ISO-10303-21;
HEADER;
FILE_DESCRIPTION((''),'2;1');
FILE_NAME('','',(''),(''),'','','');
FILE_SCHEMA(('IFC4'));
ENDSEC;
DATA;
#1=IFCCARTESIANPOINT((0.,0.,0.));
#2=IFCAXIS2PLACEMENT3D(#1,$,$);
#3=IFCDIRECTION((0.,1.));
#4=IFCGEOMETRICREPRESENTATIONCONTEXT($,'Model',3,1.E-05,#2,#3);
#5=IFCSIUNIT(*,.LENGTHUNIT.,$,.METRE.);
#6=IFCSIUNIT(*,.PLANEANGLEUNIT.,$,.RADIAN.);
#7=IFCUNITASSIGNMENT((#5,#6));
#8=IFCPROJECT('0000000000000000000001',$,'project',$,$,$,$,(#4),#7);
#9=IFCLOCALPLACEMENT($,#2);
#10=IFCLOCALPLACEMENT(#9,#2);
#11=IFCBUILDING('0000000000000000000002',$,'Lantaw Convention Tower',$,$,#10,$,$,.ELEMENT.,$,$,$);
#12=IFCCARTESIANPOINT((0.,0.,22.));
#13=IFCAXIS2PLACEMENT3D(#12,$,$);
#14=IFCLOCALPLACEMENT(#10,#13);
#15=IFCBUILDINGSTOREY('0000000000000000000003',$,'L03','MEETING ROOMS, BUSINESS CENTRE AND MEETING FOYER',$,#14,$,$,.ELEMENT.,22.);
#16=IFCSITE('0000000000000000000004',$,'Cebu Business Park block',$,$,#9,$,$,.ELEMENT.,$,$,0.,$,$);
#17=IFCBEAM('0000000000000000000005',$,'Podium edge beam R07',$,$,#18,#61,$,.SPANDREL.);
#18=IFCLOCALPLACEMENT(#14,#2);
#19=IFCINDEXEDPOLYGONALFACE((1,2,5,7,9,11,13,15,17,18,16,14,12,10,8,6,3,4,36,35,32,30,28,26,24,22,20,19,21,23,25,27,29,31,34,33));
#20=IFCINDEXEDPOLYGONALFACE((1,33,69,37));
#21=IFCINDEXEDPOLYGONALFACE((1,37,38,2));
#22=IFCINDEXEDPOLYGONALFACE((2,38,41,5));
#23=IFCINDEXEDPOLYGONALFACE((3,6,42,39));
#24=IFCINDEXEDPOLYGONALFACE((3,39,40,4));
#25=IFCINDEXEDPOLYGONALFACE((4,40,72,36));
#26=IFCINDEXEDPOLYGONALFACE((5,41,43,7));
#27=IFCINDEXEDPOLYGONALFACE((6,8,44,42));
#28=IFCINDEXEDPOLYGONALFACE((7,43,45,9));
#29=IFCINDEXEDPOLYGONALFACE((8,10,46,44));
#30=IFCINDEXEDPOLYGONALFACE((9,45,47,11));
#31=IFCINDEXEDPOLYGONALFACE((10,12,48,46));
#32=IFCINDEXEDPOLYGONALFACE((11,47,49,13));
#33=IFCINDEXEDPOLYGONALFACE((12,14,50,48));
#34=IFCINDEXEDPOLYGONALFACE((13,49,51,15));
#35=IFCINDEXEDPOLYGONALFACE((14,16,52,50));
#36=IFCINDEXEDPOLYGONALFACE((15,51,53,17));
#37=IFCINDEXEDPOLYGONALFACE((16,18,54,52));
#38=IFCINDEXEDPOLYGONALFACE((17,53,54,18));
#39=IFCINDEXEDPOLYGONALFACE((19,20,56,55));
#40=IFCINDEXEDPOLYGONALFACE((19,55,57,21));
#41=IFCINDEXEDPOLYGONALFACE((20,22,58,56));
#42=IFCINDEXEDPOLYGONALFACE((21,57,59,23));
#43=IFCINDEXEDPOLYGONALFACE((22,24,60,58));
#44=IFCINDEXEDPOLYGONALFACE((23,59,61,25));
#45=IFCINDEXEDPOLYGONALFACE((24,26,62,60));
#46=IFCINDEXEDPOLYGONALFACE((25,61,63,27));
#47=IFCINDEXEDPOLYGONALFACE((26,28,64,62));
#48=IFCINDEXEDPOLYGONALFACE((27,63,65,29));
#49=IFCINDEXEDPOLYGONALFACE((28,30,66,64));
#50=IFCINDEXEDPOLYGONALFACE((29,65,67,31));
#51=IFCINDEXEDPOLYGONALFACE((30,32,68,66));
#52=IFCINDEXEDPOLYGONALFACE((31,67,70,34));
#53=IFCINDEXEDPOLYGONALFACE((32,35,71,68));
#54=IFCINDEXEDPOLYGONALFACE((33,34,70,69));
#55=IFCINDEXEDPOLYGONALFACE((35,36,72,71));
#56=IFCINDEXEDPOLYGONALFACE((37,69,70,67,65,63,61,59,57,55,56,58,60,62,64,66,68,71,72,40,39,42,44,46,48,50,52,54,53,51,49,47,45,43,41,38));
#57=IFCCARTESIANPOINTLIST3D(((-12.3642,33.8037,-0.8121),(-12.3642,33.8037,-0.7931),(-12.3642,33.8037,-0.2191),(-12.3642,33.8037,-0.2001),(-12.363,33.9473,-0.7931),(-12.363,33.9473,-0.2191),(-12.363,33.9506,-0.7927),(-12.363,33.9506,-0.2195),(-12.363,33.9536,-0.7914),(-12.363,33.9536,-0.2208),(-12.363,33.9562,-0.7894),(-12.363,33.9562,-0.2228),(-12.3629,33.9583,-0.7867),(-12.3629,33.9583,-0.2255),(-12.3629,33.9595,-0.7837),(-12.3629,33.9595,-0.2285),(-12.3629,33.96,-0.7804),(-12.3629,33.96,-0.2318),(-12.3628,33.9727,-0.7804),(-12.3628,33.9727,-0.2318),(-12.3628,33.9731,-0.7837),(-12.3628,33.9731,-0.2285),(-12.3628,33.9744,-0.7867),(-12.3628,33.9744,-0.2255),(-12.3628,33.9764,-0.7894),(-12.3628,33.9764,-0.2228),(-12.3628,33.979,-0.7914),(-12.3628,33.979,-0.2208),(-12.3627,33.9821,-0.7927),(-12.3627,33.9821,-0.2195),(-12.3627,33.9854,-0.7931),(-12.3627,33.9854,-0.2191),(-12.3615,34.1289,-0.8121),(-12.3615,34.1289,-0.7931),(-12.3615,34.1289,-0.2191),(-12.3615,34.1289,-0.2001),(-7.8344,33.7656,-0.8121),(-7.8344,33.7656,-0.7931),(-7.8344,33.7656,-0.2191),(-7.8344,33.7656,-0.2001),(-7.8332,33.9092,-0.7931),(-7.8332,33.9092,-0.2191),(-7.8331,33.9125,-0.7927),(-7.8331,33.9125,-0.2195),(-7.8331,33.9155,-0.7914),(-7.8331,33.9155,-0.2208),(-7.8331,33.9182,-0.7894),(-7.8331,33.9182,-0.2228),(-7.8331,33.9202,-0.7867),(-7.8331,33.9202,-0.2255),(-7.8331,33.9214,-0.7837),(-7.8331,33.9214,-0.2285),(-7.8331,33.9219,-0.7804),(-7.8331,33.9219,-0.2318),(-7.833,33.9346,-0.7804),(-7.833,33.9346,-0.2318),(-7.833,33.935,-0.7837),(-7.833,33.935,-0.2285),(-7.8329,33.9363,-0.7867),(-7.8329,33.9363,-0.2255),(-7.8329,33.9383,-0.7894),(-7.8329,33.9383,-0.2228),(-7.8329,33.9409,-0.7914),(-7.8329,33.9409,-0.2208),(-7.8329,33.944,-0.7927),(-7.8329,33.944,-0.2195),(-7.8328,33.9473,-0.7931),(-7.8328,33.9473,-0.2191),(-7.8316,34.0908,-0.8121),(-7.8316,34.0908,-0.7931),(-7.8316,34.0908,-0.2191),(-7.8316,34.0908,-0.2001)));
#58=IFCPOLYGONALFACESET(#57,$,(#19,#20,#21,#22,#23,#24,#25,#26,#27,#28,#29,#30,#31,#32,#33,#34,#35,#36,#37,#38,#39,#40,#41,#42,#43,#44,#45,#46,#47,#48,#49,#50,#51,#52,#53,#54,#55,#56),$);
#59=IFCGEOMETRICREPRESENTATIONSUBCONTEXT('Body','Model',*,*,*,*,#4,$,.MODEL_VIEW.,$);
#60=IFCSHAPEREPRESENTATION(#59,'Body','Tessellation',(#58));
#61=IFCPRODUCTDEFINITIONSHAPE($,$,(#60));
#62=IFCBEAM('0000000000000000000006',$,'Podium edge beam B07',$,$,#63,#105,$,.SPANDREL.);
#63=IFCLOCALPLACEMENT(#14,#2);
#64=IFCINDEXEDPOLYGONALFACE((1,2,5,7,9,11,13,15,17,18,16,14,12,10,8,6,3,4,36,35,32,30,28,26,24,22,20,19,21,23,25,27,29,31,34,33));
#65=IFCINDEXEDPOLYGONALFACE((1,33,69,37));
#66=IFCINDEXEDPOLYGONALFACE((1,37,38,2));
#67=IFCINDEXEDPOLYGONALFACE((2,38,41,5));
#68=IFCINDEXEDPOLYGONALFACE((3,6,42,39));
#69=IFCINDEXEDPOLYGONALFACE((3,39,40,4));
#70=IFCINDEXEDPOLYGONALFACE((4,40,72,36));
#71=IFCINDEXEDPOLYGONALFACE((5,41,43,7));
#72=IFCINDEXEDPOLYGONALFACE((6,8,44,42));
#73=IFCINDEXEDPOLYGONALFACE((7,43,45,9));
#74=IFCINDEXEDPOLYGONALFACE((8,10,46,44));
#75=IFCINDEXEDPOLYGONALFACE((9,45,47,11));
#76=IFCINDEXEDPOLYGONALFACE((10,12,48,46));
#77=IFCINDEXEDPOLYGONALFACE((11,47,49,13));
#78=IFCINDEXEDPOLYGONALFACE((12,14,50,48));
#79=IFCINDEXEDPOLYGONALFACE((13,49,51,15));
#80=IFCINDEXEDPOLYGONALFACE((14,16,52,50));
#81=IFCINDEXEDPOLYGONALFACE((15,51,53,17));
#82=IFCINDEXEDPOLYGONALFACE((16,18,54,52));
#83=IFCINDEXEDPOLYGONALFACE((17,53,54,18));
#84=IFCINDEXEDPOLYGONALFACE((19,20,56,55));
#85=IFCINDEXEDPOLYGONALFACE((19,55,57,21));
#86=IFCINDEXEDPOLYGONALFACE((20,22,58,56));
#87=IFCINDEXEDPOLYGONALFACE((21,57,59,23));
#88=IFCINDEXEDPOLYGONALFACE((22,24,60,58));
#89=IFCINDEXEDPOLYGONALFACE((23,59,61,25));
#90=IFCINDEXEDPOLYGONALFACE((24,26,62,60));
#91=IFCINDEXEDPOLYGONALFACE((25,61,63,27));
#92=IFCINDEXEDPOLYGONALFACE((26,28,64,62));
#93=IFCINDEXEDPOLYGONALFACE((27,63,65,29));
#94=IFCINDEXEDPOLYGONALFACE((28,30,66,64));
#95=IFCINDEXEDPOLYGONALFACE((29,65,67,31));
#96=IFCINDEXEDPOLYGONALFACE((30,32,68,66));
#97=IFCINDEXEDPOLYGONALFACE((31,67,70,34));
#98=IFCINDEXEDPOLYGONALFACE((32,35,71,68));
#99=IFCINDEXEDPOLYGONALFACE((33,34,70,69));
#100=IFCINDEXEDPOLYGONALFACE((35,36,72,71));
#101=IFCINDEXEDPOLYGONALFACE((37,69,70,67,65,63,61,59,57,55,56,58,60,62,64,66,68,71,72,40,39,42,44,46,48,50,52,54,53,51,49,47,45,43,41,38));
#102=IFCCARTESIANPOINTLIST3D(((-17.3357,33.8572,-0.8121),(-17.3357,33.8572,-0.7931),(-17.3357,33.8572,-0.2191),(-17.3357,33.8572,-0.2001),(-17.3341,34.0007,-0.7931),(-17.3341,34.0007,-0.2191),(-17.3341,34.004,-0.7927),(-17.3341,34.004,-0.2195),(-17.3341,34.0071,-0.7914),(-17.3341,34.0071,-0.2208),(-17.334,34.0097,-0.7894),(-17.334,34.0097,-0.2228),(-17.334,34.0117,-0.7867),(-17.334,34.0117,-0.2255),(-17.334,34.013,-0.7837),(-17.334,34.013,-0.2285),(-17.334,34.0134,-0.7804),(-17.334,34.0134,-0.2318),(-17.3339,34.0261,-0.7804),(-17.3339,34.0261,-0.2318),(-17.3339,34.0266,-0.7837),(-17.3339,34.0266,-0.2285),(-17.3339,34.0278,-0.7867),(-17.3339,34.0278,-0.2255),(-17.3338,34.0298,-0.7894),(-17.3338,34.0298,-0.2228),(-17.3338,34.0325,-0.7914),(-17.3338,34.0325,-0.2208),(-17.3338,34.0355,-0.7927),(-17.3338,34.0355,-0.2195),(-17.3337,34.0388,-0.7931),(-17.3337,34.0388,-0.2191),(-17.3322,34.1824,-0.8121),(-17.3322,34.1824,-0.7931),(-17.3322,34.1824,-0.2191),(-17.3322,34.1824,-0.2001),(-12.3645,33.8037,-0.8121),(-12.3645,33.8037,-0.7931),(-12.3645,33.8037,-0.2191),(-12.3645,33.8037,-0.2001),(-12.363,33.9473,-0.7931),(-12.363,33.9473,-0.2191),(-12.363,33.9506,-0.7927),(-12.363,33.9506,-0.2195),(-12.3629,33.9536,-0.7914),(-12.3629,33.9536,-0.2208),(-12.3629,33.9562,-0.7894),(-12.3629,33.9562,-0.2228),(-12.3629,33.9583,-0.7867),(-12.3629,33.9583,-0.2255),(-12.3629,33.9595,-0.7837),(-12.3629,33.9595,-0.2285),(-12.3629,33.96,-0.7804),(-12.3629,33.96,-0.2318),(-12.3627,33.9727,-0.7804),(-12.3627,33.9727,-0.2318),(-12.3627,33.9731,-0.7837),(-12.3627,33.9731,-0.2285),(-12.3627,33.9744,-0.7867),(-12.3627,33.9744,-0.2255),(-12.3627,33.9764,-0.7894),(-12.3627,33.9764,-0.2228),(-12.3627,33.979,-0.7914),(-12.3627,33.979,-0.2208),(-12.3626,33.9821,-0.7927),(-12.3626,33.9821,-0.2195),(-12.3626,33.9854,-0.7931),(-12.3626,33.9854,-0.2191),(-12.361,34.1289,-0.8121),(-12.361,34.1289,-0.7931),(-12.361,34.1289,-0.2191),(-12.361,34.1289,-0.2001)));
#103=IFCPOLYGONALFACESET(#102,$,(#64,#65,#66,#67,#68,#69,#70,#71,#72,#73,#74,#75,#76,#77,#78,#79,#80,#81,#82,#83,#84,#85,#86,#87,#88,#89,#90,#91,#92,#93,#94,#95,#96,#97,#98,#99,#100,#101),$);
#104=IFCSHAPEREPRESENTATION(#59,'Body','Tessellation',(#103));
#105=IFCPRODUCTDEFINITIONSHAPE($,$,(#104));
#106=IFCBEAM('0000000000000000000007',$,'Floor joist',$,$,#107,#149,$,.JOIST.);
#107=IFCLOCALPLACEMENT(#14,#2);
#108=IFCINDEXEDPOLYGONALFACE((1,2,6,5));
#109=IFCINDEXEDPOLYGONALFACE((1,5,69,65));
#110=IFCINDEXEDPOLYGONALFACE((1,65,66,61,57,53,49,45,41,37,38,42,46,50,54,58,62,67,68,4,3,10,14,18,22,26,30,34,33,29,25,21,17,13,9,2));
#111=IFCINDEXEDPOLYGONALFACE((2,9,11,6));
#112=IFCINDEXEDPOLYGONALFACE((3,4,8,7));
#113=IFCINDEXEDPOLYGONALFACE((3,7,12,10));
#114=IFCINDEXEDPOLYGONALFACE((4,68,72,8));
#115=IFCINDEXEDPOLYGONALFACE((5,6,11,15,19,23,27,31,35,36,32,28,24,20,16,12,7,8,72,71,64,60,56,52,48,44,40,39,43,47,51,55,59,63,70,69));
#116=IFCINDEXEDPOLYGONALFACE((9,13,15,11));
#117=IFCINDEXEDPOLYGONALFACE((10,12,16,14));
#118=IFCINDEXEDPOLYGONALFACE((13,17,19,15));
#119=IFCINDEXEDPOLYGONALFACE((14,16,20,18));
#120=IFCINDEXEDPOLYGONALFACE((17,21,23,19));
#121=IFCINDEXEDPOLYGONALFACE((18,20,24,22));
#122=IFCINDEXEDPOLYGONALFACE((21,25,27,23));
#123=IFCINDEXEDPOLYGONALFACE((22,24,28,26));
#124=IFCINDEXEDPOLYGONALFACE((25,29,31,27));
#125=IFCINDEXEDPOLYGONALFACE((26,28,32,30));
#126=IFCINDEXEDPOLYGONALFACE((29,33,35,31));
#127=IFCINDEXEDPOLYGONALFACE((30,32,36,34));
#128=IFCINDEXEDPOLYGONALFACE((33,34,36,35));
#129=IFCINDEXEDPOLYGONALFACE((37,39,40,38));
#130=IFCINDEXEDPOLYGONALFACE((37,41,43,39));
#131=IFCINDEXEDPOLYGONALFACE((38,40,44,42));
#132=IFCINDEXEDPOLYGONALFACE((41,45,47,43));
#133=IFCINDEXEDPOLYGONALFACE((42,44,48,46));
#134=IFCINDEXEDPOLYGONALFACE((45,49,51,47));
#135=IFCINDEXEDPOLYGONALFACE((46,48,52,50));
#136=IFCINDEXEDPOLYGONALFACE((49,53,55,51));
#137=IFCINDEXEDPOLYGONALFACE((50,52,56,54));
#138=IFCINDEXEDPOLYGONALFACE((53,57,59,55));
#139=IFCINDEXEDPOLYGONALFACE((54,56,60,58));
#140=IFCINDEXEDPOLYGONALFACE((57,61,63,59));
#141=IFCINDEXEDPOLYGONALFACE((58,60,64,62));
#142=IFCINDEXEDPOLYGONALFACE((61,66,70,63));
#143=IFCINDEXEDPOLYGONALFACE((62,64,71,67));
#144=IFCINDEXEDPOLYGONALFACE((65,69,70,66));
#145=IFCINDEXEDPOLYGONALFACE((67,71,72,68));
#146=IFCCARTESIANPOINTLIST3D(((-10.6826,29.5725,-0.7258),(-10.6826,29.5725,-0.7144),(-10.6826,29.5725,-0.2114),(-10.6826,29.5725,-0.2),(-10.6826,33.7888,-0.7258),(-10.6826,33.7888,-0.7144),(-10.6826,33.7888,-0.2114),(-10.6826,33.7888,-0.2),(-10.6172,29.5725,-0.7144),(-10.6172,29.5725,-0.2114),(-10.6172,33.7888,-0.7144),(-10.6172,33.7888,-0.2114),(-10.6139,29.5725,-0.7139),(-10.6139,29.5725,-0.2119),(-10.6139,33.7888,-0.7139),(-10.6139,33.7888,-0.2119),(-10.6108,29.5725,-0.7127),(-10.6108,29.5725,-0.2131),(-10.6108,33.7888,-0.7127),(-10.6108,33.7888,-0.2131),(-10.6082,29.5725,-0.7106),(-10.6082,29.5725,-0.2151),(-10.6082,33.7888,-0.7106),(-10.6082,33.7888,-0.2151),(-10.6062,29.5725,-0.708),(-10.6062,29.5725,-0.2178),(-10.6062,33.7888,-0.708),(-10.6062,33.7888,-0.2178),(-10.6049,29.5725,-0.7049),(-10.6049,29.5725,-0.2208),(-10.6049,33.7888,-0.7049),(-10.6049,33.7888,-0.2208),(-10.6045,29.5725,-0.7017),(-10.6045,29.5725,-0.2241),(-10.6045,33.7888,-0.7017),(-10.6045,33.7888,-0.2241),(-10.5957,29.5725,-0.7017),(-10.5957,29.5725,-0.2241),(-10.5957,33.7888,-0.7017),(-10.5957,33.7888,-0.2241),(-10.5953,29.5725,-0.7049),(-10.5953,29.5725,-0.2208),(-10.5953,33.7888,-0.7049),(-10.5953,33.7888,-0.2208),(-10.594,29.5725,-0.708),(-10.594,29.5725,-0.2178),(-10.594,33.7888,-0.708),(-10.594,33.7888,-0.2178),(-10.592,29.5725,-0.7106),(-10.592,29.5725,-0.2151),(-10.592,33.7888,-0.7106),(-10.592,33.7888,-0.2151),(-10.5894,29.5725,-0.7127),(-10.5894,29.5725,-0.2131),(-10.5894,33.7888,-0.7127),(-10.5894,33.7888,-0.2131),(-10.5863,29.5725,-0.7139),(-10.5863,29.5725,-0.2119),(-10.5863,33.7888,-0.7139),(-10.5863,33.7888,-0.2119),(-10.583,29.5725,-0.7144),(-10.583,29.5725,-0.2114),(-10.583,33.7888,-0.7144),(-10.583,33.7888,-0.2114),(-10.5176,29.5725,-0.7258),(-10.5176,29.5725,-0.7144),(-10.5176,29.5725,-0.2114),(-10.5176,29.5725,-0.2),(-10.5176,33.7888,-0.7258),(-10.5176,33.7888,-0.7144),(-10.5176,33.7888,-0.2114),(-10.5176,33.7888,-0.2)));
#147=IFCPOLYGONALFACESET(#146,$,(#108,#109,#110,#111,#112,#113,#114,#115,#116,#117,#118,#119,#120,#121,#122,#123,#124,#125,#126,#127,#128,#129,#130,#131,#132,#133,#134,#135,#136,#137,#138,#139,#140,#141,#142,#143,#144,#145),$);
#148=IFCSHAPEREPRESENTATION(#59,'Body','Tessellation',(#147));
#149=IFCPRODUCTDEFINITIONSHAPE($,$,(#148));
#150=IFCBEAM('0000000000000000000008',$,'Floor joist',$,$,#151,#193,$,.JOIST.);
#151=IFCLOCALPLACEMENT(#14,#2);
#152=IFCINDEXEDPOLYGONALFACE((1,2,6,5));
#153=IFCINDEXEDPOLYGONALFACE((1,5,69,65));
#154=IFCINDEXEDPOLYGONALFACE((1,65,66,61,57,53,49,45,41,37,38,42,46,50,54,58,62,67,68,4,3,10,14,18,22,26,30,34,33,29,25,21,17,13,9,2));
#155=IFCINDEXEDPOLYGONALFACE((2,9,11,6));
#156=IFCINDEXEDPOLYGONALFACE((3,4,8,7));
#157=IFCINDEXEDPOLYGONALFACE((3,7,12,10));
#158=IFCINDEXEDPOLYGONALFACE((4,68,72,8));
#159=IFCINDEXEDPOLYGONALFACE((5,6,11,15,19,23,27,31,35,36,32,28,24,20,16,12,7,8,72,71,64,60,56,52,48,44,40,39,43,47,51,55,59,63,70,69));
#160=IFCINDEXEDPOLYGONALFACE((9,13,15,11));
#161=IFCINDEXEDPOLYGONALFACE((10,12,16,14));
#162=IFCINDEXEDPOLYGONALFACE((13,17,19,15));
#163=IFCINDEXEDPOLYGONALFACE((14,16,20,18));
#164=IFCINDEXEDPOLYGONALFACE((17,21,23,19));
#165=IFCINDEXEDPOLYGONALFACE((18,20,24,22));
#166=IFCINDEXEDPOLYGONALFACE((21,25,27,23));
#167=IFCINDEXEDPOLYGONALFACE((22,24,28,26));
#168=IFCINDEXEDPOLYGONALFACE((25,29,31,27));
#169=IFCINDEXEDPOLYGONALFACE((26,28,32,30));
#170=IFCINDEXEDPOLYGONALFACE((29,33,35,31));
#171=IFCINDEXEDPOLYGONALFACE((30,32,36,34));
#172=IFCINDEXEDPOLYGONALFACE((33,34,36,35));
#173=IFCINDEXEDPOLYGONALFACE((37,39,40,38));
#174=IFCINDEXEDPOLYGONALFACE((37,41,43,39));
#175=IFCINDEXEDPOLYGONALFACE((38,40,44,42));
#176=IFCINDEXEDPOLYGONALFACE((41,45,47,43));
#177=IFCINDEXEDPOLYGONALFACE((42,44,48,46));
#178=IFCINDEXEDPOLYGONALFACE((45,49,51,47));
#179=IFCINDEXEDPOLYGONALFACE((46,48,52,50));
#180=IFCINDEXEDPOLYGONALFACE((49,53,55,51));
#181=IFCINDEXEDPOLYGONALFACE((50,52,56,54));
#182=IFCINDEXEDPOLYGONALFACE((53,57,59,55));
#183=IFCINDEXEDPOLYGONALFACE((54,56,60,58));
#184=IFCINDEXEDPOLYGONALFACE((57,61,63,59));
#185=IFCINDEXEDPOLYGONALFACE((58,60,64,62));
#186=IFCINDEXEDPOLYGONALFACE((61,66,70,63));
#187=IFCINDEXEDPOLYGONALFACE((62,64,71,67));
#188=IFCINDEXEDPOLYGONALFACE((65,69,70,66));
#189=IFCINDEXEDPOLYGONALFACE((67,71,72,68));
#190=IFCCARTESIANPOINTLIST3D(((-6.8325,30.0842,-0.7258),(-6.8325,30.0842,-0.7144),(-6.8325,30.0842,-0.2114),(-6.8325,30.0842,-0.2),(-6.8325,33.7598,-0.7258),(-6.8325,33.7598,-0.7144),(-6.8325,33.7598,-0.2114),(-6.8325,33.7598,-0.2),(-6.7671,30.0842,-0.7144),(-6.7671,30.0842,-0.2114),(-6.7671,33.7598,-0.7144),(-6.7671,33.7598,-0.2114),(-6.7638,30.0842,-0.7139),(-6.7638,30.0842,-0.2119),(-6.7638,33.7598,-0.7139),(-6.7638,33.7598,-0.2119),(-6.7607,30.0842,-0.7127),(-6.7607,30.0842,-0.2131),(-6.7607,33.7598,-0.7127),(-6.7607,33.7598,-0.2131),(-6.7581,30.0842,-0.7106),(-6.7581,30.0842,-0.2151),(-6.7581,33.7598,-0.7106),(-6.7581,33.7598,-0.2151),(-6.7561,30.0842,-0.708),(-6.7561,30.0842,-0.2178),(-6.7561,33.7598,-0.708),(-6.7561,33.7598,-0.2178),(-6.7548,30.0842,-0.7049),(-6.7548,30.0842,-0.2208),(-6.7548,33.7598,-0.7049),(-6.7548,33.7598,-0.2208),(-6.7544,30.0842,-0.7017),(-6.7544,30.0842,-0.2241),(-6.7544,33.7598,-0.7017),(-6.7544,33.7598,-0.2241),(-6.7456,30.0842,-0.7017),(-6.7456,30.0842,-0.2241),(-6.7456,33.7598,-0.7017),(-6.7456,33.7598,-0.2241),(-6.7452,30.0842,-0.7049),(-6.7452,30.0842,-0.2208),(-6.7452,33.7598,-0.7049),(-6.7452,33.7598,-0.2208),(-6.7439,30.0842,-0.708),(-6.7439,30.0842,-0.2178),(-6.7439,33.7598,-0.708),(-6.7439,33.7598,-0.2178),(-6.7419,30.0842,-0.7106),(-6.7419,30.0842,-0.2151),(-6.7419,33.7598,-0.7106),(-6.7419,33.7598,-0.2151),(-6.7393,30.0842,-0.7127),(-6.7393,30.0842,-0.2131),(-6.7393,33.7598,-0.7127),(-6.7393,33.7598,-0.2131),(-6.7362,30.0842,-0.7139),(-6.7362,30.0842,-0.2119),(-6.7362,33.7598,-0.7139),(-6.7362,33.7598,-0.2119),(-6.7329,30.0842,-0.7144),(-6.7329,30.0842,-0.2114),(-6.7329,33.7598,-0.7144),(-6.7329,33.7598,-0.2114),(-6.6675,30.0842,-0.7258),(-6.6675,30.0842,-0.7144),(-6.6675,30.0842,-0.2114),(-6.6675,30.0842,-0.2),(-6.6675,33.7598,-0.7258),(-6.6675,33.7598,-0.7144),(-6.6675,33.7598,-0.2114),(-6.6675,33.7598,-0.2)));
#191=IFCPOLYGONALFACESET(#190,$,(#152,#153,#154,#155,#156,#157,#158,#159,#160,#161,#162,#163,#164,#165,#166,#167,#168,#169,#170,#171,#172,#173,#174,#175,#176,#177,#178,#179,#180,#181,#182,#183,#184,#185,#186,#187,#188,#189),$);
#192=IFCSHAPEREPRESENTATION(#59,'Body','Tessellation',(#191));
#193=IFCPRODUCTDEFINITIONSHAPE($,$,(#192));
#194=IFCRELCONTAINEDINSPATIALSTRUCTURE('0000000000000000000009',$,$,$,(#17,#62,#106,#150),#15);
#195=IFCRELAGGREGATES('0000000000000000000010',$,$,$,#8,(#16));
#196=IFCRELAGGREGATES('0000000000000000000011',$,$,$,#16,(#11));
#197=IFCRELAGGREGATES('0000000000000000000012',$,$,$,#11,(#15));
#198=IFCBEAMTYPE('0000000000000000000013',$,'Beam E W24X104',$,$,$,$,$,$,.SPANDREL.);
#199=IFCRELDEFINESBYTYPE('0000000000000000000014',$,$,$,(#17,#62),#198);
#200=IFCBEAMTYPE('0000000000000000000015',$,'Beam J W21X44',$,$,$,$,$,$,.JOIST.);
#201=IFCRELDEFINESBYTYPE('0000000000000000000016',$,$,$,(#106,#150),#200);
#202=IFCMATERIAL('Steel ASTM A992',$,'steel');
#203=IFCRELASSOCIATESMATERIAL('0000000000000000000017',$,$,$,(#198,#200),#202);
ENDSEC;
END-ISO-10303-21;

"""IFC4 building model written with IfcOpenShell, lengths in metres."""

from ifc_helpers import new_model, si_unit, direction, frame, origin, origin_2d, place, context, subcontext, project, spatial, i_section, extrude, material, material_profile, profile_set, type_object, element, save


model = new_model("IFC4")

# Units and contexts
model_context = context("Model", 3, precision=1e-05, world=origin(), true_north=direction((0.0, 1.0)))
body_context = subcontext(model_context, "Body", "Model", "MODEL_VIEW")
ifc_project = project(units=[si_unit("LENGTHUNIT", "METRE"), si_unit("PLANEANGLEUNIT", "RADIAN")], contexts=[model_context])

# Site, building, storey
site_placement = place(None, origin())
site = spatial("IfcSite", under=ifc_project, at=site_placement, Name="Cebu Business Park block", CompositionType="ELEMENT", RefElevation=0.0)
building_placement = place(site_placement, origin())
building = spatial("IfcBuilding", under=site, at=building_placement, Name="Lantaw Convention Tower", CompositionType="ELEMENT")
storey_placement = place(building_placement, frame((0.0, 0.0, 22.0)))
storey = spatial("IfcBuildingStorey", under=building, at=storey_placement, Name="L03", Description="MEETING ROOMS, BUSINESS CENTRE AND MEETING FOYER", CompositionType="ELEMENT", Elevation=22.0)

# Beams
ifc_material_1 = material(Name="Steel ASTM A992", Category="steel")
ifc_material_profile_1 = material_profile(ifc_material_1, i_section(OverallWidth=0.3252, OverallDepth=0.6121, WebThickness=0.0127, FlangeThickness=0.019, FilletRadius=0.0127, at=origin_2d()), Name="W24X104")
ifc_profile_set_1 = profile_set([ifc_material_profile_1], Name="Steel ASTM A992")
beam_type_1 = type_object("IfcBeamType", Name="Beam E W24X104", PredefinedType="SPANDREL", material=ifc_profile_set_1)
beam_1_placement = place(storey_placement, frame((-7.833, 33.9282, -0.5061), z_axis=(-0.999965, 0.008408, 0.0), x_axis=(-0.008408, -0.999965, 0.0)))
element("IfcBeam", 1, at=beam_1_placement, inside=storey, type_object=beam_type_1, Name="Podium edge beam R07", PredefinedType="SPANDREL", context=body_context, shape_type="SweptSolid", body=[
    extrude(i_section(OverallWidth=0.3252, OverallDepth=0.6121, WebThickness=0.0127, FlangeThickness=0.019, FilletRadius=0.0127, at=origin_2d()), origin(), (0.0, 0.0, 1.0), 4.53),
])
beam_2_placement = place(storey_placement, frame((-12.3628, 33.9663, -0.5061), z_axis=(-0.999942, 0.010755, 0.0), x_axis=(-0.010755, -0.999942, 0.0)))
element("IfcBeam", 2, at=beam_2_placement, inside=storey, type_object=beam_type_1, Name="Podium edge beam B07", PredefinedType="SPANDREL", context=body_context, shape_type="SweptSolid", body=[
    extrude(i_section(OverallWidth=0.3252, OverallDepth=0.6121, WebThickness=0.0127, FlangeThickness=0.019, FilletRadius=0.0127, at=origin_2d()), origin(), (0.0, 0.0, 1.0), 4.9714),
])
ifc_material_profile_2 = material_profile(ifc_material_1, i_section(OverallWidth=0.165, OverallDepth=0.5259, WebThickness=0.0088, FlangeThickness=0.0115, FilletRadius=0.0127, at=origin_2d()), Name="W21X44")
ifc_profile_set_2 = profile_set([ifc_material_profile_2], Name="Steel ASTM A992")
beam_type_2 = type_object("IfcBeamType", Name="Beam J W21X44", PredefinedType="JOIST", material=ifc_profile_set_2)
beam_3_placement = place(storey_placement, frame((-10.6001, 29.5725, -0.4629), z_axis=(0.0, 1.0, 0.0), x_axis=(-1.0, 0.0, 0.0)))
element("IfcBeam", 3, at=beam_3_placement, inside=storey, type_object=beam_type_2, Name="Floor joist", PredefinedType="JOIST", context=body_context, shape_type="SweptSolid", body=[
    extrude(i_section(OverallWidth=0.165, OverallDepth=0.5259, WebThickness=0.0088, FlangeThickness=0.0115, FilletRadius=0.0127, at=origin_2d()), origin(), (0.0, 0.0, 1.0), 4.2163),
])
beam_4_placement = place(storey_placement, frame((-6.75, 30.0842, -0.4629), z_axis=(0.0, 1.0, 0.0), x_axis=(-1.0, 0.0, 0.0)))
element("IfcBeam", 4, at=beam_4_placement, inside=storey, type_object=beam_type_2, Name="Floor joist", PredefinedType="JOIST", context=body_context, shape_type="SweptSolid", body=[
    extrude(i_section(OverallWidth=0.165, OverallDepth=0.5259, WebThickness=0.0088, FlangeThickness=0.0115, FilletRadius=0.0127, at=origin_2d()), origin(), (0.0, 0.0, 1.0), 3.6755),
])

save(model, "model.ifc")
